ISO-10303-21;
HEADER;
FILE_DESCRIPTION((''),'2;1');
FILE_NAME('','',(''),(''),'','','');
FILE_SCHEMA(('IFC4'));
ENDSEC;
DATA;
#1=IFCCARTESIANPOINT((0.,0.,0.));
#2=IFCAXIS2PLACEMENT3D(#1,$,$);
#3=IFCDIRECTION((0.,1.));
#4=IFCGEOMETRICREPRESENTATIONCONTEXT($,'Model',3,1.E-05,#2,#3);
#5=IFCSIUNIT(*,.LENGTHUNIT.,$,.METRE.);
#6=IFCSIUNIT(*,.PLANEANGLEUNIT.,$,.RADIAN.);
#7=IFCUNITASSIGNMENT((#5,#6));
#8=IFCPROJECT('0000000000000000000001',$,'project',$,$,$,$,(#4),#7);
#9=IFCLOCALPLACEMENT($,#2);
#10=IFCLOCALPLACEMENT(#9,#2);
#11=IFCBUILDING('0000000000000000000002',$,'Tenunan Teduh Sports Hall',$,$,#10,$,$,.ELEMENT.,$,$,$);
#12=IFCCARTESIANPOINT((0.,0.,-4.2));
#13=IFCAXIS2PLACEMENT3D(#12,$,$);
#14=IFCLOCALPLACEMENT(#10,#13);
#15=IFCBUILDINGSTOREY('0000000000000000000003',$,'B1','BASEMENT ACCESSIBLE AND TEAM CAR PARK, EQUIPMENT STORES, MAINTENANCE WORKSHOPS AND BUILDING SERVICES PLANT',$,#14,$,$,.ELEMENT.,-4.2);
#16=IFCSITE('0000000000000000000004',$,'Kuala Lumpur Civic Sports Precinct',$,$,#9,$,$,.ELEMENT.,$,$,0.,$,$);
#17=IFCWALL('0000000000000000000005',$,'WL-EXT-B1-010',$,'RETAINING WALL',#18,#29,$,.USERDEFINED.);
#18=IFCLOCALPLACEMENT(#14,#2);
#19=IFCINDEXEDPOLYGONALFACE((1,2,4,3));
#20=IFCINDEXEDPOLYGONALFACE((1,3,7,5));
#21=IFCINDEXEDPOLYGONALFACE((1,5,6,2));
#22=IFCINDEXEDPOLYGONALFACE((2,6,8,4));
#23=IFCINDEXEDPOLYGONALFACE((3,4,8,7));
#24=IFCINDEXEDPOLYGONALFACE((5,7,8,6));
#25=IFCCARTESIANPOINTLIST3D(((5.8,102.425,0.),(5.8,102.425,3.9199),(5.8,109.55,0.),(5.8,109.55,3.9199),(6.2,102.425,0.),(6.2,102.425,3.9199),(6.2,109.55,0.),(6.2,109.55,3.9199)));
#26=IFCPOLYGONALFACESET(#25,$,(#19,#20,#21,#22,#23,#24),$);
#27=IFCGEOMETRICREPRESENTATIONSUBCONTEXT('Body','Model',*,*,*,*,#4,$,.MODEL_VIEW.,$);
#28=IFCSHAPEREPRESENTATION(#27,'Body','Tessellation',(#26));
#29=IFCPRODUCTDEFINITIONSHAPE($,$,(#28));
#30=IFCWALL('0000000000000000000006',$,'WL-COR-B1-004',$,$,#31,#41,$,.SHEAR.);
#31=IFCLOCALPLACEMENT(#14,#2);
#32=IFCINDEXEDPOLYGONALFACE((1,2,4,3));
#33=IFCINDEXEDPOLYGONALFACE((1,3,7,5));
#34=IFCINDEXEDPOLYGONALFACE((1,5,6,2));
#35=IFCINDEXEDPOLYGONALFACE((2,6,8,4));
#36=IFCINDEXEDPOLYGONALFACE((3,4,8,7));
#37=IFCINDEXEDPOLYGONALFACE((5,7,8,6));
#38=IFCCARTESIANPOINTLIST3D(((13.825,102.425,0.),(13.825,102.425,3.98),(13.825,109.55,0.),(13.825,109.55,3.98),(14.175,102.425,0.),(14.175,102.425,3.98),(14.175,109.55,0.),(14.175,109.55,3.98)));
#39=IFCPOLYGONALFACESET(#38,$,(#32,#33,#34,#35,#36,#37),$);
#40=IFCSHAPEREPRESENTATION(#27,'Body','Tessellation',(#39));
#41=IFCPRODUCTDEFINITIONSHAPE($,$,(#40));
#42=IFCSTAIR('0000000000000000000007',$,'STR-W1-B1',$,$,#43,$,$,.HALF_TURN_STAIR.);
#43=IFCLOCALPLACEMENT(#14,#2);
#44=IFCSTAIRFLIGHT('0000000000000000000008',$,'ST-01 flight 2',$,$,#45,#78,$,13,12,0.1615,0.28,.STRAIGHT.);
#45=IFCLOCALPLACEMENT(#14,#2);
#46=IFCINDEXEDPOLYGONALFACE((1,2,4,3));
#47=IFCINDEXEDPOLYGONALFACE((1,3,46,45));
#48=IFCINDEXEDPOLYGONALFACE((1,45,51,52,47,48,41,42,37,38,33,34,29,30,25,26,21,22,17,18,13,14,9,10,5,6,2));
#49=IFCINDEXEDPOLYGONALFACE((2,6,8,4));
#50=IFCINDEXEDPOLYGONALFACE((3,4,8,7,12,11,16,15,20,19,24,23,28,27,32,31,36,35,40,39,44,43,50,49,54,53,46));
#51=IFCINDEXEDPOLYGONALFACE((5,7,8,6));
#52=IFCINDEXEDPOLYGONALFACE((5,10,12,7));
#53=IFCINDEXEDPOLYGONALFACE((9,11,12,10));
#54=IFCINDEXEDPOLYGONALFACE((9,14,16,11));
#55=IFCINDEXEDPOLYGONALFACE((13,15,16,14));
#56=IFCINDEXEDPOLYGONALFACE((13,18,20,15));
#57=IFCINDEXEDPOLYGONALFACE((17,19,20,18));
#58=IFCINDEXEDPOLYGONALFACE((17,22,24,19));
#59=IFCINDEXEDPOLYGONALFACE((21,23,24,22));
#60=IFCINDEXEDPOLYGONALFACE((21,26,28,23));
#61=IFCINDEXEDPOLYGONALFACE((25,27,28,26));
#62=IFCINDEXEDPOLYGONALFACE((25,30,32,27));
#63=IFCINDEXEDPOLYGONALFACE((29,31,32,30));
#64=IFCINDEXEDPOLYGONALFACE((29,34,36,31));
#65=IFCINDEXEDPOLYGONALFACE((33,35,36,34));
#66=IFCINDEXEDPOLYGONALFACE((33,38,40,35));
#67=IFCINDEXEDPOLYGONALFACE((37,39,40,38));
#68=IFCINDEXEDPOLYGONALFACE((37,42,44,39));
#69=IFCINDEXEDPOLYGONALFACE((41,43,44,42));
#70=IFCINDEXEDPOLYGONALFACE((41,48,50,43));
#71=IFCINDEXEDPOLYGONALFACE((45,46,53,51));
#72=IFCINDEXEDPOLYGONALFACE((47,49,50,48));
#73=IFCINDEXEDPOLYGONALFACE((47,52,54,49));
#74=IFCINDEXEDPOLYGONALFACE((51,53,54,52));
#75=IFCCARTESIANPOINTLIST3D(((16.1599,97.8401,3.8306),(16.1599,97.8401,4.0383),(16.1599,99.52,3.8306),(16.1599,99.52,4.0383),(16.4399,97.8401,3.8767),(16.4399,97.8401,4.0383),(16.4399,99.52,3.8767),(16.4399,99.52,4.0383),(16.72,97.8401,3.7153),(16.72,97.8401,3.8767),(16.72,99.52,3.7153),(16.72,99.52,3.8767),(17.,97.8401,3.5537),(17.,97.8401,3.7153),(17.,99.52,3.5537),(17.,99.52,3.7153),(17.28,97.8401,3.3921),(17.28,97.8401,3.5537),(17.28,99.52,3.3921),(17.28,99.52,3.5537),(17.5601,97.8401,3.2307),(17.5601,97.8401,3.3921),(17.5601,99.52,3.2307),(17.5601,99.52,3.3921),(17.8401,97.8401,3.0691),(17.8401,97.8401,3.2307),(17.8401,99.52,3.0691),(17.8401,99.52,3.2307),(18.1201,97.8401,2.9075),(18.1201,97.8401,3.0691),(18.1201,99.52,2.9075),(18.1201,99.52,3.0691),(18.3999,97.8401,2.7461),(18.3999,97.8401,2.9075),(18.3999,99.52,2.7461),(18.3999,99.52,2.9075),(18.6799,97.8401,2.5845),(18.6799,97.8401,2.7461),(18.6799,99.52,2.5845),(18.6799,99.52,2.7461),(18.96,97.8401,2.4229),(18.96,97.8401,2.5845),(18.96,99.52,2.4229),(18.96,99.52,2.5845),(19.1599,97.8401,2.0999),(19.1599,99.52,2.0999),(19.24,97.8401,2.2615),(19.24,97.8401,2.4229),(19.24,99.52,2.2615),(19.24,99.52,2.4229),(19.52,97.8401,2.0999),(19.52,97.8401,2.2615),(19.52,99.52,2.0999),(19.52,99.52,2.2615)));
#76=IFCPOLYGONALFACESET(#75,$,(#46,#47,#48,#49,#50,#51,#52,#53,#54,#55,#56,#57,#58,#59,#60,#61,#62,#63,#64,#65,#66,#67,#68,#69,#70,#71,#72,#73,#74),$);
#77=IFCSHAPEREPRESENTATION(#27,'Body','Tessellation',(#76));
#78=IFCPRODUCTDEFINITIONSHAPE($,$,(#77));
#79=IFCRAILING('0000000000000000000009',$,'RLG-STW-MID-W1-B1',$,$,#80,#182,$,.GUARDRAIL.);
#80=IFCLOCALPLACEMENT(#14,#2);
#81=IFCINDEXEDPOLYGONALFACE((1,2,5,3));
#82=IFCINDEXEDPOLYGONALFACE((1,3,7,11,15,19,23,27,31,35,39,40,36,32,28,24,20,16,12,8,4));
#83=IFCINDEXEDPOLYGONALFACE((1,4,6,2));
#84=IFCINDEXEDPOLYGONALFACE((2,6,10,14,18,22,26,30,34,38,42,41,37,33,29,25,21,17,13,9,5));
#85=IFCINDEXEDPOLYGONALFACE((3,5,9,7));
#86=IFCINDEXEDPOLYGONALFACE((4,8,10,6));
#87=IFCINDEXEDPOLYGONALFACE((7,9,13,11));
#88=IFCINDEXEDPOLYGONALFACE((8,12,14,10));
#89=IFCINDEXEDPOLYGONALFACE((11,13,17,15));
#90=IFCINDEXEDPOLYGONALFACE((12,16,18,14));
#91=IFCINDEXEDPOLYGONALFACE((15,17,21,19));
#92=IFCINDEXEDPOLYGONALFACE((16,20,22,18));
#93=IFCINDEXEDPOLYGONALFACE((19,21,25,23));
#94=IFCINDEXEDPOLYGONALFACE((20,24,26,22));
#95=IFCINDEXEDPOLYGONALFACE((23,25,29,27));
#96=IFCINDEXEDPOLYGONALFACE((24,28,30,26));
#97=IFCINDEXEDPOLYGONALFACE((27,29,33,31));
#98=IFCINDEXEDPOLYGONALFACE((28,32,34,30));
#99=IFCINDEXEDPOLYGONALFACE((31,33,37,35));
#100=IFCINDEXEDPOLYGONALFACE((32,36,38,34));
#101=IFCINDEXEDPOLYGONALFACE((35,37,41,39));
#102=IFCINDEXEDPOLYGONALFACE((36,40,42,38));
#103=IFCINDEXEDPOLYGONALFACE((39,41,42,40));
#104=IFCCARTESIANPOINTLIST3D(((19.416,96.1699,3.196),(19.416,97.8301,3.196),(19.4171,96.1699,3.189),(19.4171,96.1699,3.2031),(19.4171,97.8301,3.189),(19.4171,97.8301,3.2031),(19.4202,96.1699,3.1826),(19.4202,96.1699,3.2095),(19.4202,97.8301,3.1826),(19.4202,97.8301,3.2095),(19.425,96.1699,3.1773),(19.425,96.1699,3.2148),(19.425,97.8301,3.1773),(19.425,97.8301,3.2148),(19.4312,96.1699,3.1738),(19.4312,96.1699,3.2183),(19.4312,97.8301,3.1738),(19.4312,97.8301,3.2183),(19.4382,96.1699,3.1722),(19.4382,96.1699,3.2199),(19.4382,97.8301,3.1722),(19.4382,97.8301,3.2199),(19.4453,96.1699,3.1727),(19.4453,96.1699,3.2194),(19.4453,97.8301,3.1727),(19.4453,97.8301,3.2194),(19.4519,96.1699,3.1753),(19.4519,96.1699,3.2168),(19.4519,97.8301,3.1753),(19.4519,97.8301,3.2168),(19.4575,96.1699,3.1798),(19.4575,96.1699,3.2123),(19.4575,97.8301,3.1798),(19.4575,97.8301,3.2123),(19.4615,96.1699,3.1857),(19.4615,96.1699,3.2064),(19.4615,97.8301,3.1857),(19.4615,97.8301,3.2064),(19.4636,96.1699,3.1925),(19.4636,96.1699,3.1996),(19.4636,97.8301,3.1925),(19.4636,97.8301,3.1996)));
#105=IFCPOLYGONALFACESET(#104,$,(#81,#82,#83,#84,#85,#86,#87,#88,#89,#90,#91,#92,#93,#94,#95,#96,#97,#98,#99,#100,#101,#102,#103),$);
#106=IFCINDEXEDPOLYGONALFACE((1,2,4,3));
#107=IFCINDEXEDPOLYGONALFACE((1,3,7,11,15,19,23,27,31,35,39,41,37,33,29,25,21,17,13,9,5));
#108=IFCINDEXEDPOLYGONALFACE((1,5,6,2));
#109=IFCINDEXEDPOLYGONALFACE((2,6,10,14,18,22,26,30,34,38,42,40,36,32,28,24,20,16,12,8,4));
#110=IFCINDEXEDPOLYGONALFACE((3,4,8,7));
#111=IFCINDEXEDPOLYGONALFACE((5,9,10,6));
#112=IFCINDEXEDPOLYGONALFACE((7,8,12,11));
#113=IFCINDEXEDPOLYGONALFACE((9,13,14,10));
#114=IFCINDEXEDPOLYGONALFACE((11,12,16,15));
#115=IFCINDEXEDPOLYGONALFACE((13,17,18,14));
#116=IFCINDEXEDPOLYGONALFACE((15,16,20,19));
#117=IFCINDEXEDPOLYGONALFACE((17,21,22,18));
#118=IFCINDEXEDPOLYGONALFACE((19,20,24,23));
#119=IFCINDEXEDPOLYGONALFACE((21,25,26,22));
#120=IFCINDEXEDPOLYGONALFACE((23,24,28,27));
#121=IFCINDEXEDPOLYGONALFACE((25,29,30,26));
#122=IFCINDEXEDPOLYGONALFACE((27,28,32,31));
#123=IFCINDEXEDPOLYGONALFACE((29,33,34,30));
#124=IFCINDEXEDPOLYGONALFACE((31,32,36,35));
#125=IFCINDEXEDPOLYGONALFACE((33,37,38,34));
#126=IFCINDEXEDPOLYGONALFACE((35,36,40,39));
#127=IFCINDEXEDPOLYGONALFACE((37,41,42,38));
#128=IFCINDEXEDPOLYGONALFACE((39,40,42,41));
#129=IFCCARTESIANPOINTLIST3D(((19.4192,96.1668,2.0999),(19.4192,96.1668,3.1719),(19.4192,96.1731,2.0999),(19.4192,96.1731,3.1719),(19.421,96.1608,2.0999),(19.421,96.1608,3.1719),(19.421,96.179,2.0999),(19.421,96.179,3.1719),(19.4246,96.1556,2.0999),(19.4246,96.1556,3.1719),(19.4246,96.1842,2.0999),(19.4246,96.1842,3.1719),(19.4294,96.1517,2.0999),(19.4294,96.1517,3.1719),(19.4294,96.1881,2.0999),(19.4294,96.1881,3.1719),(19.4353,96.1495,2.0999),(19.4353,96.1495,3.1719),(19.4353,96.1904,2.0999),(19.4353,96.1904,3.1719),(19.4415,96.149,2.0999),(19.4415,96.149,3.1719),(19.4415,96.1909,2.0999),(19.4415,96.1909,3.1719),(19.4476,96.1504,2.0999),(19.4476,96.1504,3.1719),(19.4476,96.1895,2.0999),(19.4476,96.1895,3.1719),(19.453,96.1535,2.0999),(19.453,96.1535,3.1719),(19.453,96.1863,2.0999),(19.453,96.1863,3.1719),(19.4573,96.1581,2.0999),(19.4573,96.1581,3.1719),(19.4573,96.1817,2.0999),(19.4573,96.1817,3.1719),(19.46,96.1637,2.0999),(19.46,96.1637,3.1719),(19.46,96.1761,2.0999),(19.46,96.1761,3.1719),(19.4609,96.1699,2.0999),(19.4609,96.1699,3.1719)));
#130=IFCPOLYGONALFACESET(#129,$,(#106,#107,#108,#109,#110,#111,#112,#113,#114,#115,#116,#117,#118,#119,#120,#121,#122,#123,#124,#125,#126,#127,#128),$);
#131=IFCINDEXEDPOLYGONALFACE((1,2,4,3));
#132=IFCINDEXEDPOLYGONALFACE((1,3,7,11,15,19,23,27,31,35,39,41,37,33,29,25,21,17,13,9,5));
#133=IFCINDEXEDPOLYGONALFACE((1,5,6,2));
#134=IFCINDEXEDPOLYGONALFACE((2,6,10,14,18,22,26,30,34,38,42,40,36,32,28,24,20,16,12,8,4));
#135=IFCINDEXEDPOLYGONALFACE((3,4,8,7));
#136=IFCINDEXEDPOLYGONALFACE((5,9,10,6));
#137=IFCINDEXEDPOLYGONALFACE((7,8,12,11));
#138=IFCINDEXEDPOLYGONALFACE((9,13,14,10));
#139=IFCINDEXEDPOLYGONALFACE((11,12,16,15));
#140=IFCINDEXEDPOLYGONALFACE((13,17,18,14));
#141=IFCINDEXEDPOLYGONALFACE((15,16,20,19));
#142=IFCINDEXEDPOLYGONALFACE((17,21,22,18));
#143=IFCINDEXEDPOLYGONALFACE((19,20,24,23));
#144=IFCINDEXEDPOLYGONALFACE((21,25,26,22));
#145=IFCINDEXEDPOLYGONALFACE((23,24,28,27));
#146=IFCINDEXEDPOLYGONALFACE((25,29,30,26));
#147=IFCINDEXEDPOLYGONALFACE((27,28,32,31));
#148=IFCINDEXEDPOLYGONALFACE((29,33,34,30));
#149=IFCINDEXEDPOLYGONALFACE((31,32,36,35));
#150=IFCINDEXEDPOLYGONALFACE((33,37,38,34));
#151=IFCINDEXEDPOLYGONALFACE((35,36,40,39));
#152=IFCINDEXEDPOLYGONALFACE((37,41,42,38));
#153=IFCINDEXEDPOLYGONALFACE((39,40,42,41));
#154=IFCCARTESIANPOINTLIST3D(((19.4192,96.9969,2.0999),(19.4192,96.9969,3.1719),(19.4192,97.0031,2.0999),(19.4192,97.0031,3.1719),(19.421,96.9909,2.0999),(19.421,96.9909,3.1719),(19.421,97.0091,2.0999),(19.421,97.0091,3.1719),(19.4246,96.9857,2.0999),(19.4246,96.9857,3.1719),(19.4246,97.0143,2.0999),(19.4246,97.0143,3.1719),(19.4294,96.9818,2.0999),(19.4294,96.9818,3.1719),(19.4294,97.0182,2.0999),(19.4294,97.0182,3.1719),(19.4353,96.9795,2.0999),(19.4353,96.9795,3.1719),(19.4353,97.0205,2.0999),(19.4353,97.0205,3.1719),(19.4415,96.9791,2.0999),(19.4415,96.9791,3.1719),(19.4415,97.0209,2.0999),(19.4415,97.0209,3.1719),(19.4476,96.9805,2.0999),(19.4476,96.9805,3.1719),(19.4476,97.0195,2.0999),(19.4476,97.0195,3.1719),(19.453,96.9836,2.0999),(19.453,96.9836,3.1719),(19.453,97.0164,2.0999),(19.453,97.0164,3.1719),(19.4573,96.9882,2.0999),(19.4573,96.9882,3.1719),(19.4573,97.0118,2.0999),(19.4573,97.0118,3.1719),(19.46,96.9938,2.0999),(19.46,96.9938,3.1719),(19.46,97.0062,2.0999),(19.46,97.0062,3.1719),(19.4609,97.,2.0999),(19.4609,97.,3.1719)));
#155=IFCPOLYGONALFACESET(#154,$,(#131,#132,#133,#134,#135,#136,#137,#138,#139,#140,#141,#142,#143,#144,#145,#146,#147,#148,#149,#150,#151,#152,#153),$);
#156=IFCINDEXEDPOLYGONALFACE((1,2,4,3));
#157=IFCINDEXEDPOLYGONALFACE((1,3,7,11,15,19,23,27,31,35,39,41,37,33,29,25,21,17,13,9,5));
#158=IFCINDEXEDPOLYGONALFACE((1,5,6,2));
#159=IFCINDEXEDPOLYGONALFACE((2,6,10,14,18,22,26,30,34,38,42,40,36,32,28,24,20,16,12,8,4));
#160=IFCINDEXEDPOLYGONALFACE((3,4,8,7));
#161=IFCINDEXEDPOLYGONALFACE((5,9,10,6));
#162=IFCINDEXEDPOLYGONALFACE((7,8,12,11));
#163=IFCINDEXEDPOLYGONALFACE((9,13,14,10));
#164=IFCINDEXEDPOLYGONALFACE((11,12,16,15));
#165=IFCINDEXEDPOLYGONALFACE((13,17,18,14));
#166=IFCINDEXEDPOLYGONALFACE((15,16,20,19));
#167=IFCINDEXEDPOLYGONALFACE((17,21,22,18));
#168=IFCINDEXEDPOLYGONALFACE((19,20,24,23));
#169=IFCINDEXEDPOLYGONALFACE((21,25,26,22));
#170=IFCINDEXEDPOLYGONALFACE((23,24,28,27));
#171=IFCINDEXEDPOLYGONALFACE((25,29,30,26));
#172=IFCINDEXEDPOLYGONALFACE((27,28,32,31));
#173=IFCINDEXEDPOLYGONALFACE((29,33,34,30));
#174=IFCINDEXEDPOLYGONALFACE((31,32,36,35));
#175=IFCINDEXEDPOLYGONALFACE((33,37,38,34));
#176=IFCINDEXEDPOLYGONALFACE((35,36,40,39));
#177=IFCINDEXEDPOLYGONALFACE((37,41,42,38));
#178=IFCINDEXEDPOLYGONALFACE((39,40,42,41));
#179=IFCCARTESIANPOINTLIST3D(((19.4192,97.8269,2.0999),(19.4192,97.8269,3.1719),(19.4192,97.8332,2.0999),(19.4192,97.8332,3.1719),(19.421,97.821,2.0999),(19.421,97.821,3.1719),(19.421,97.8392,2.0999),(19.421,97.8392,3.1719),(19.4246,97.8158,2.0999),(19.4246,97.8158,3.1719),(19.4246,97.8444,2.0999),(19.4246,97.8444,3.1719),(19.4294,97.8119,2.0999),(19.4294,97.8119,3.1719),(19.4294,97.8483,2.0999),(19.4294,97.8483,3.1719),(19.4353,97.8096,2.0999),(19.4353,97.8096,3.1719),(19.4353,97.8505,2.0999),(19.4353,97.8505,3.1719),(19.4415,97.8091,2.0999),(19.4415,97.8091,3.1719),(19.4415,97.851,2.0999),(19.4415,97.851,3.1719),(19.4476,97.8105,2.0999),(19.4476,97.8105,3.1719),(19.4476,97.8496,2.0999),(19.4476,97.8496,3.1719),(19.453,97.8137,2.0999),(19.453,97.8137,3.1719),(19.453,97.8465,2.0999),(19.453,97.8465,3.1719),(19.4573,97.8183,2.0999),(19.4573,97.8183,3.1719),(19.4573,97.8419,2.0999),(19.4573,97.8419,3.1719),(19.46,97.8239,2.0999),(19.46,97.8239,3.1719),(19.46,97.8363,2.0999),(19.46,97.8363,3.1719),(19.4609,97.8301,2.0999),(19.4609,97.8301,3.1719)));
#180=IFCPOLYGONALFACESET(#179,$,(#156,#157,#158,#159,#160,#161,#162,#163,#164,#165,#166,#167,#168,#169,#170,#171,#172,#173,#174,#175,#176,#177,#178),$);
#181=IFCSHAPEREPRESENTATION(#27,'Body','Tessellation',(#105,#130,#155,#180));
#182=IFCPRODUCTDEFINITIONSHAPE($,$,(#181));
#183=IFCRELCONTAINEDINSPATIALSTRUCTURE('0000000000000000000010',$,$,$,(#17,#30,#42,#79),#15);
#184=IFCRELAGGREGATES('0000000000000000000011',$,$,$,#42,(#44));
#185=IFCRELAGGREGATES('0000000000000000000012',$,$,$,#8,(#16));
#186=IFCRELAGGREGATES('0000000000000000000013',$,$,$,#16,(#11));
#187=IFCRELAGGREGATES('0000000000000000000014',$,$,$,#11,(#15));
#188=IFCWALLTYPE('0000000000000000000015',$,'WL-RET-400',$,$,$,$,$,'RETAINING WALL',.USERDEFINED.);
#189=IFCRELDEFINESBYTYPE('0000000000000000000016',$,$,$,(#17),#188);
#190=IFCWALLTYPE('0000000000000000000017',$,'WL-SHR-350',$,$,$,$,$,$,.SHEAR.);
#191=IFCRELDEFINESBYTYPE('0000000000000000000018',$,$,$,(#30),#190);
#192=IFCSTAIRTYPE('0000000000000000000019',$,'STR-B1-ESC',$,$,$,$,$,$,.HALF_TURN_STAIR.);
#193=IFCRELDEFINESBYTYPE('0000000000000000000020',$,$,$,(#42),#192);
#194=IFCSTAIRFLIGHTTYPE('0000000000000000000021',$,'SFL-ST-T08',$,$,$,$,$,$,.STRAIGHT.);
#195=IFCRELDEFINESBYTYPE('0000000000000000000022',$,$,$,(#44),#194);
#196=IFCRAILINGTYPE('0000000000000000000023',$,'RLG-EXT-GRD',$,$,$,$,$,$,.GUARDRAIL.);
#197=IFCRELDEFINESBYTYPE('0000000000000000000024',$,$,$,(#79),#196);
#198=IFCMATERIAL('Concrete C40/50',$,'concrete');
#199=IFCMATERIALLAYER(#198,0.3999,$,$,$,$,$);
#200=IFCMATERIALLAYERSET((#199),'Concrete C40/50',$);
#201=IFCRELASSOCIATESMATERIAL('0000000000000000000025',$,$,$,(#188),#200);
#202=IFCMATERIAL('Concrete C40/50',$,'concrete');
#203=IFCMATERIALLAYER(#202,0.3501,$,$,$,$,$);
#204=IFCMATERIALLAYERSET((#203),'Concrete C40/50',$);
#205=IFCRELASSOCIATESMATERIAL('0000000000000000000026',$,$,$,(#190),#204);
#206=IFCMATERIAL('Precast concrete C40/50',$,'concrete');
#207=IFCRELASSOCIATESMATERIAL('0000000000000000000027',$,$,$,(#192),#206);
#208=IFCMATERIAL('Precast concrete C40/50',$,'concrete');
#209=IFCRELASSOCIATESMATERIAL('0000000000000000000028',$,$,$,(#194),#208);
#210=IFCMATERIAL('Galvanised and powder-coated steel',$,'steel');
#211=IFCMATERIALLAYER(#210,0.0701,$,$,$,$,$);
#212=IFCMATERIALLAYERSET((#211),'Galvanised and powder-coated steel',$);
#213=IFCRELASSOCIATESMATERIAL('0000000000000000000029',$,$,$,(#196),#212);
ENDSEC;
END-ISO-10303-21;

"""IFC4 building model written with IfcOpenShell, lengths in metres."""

from ifc_helpers import new_model, si_unit, direction, frame, frame_2d, origin, origin_2d, place, context, subcontext, project, spatial, polyline, rectangle, circle, outline, extrude, material, layer, layer_set, type_object, element, aggregate, save


model = new_model("IFC4")

# Units and contexts
model_context = context("Model", 3, precision=1e-05, world=origin(), true_north=direction((0.0, 1.0)))
body_context = subcontext(model_context, "Body", "Model", "MODEL_VIEW")
ifc_project = project(units=[si_unit("LENGTHUNIT", "METRE"), si_unit("PLANEANGLEUNIT", "RADIAN")], contexts=[model_context])

# Site, building, storey
site_placement = place(None, origin())
site = spatial("IfcSite", under=ifc_project, at=site_placement, Name="Kuala Lumpur Civic Sports Precinct", CompositionType="ELEMENT", RefElevation=0.0)
building_placement = place(site_placement, origin())
building = spatial("IfcBuilding", under=site, at=building_placement, Name="Tenunan Teduh Sports Hall", CompositionType="ELEMENT")
storey_placement = place(building_placement, frame((0.0, 0.0, -4.2)))
storey = spatial("IfcBuildingStorey", under=building, at=storey_placement, Name="B1", Description="BASEMENT ACCESSIBLE AND TEAM CAR PARK, EQUIPMENT STORES, MAINTENANCE WORKSHOPS AND BUILDING SERVICES PLANT", CompositionType="ELEMENT", Elevation=-4.2)

# Walls
ifc_material_1 = material(Name="Concrete C40/50", Category="concrete")
ifc_layer_1 = layer(ifc_material_1, 0.3999)
ifc_layer_set_1 = layer_set([ifc_layer_1], Name="Concrete C40/50")
wall_type_1 = type_object("IfcWallType", Name="WL-RET-400", ElementType="RETAINING WALL", PredefinedType="USERDEFINED", material=ifc_layer_set_1)
wall_1_placement = place(storey_placement, frame((6.0, 102.425, 0.0), z_axis=(0.0, 0.0, 1.0), x_axis=(0.0, 1.0, 0.0)))
element("IfcWall", 1, at=wall_1_placement, inside=storey, type_object=wall_type_1, Name="WL-EXT-B1-010", ObjectType="RETAINING WALL", PredefinedType="USERDEFINED", context=body_context, shape_type="SweptSolid", body=[
    extrude(rectangle(XDim=7.125, YDim=0.3999, at=frame_2d((3.5625, 0.0))), origin(), (0.0, 0.0, 1.0), 3.9199),
])
ifc_material_2 = material(Name="Concrete C40/50", Category="concrete")
ifc_layer_2 = layer(ifc_material_2, 0.3501)
ifc_layer_set_2 = layer_set([ifc_layer_2], Name="Concrete C40/50")
wall_type_2 = type_object("IfcWallType", Name="WL-SHR-350", PredefinedType="SHEAR", material=ifc_layer_set_2)
wall_2_placement = place(storey_placement, frame((14.0, 102.425, 0.0), z_axis=(0.0, 0.0, 1.0), x_axis=(0.0, 1.0, 0.0)))
element("IfcWall", 2, at=wall_2_placement, inside=storey, type_object=wall_type_2, Name="WL-COR-B1-004", PredefinedType="SHEAR", context=body_context, shape_type="SweptSolid", body=[
    extrude(rectangle(XDim=7.125, YDim=0.3501, at=frame_2d((3.5625, 0.0))), origin(), (0.0, 0.0, 1.0), 3.98),
])

# Stair, stair flight
ifc_material_3 = material(Name="Precast concrete C40/50", Category="concrete")
stair_type = type_object("IfcStairType", Name="STR-B1-ESC", PredefinedType="HALF_TURN_STAIR", material=ifc_material_3)
stair_placement = place(storey_placement, origin())
stair = element("IfcStair", 3, at=stair_placement, inside=storey, type_object=stair_type, Name="STR-W1-B1", PredefinedType="HALF_TURN_STAIR")
ifc_material_4 = material(Name="Precast concrete C40/50", Category="concrete")
stair_flight_type = type_object("IfcStairFlightType", Name="SFL-ST-T08", PredefinedType="STRAIGHT", material=ifc_material_4)
stair_flight_placement = place(storey_placement, frame((19.52, 98.6799, 2.0999), z_axis=(0.0, 0.0, 1.0), x_axis=(-1.0, 0.0, 0.0)))
stair_flight = element("IfcStairFlight", 4, at=stair_flight_placement, type_object=stair_flight_type, Name="ST-01 flight 2", NumberOfRisers=13, NumberOfTreads=12, PredefinedType="STRAIGHT", RiserHeight=0.1615, TreadLength=0.28, context=body_context, shape_type="SweptSolid", body=[
    extrude(outline(polyline([(0.0, 0.0), (0.0, 0.1616), (0.28, 0.1616), (0.28, 0.323), (0.5601, 0.323), (0.5601, 0.4846), (0.8401, 0.4846), (0.8401, 0.6462), (1.1201, 0.6462), (1.1201, 0.8076), (1.3999, 0.8076), (1.3999, 0.9692), (1.6799, 0.9692), (1.6799, 1.1309), (1.96, 1.1309), (1.96, 1.2922), (2.24, 1.2922), (2.24, 1.4539), (2.52, 1.4539), (2.52, 1.6155), (2.8, 1.6155), (2.8, 1.7769), (3.0801, 1.7769), (3.0801, 1.9385), (3.3601, 1.9385), (3.3601, 2.1001), (3.3601, 1.7307), (0.3601, 0.0), (0.0, 0.0)])), frame((0.0, 0.8398, 0.0), z_axis=(0.0, -1.0, 0.0), x_axis=(1.0, 0.0, 0.0)), (0.0, 0.0, 1.0), 1.6799),
])

# Railing
ifc_material_5 = material(Name="Galvanised and powder-coated steel", Category="steel")
ifc_layer_3 = layer(ifc_material_5, 0.0701)
ifc_layer_set_3 = layer_set([ifc_layer_3], Name="Galvanised and powder-coated steel")
railing_type_1 = type_object("IfcRailingType", Name="RLG-EXT-GRD", PredefinedType="GUARDRAIL", material=ifc_layer_set_3)
railing_1_placement = place(storey_placement, frame((19.4399, 96.1699, 2.0999)))
element("IfcRailing", 5, at=railing_1_placement, inside=storey, type_object=railing_type_1, Name="RLG-STW-MID-W1-B1", PredefinedType="GUARDRAIL", context=body_context, shape_type="SweptSolid", body=[
    extrude(circle(Radius=0.0239, at=origin_2d()), frame((0.0, 0.0, 1.0962), z_axis=(0.0, 1.0, 0.0), x_axis=(-1.0, 0.0, 0.0)), (0.0, 0.0, 1.0), 1.6602),
    extrude(circle(Radius=0.021, at=origin_2d()), origin(), (0.0, 0.0, 1.0), 1.072),
    extrude(circle(Radius=0.021, at=origin_2d()), frame((0.0, 0.8301, 0.0)), (0.0, 0.0, 1.0), 1.072),
    extrude(circle(Radius=0.021, at=origin_2d()), frame((0.0, 1.6602, 0.0)), (0.0, 0.0, 1.0), 1.072),
])

aggregate(stair, [stair_flight])

save(model, "model.ifc")
